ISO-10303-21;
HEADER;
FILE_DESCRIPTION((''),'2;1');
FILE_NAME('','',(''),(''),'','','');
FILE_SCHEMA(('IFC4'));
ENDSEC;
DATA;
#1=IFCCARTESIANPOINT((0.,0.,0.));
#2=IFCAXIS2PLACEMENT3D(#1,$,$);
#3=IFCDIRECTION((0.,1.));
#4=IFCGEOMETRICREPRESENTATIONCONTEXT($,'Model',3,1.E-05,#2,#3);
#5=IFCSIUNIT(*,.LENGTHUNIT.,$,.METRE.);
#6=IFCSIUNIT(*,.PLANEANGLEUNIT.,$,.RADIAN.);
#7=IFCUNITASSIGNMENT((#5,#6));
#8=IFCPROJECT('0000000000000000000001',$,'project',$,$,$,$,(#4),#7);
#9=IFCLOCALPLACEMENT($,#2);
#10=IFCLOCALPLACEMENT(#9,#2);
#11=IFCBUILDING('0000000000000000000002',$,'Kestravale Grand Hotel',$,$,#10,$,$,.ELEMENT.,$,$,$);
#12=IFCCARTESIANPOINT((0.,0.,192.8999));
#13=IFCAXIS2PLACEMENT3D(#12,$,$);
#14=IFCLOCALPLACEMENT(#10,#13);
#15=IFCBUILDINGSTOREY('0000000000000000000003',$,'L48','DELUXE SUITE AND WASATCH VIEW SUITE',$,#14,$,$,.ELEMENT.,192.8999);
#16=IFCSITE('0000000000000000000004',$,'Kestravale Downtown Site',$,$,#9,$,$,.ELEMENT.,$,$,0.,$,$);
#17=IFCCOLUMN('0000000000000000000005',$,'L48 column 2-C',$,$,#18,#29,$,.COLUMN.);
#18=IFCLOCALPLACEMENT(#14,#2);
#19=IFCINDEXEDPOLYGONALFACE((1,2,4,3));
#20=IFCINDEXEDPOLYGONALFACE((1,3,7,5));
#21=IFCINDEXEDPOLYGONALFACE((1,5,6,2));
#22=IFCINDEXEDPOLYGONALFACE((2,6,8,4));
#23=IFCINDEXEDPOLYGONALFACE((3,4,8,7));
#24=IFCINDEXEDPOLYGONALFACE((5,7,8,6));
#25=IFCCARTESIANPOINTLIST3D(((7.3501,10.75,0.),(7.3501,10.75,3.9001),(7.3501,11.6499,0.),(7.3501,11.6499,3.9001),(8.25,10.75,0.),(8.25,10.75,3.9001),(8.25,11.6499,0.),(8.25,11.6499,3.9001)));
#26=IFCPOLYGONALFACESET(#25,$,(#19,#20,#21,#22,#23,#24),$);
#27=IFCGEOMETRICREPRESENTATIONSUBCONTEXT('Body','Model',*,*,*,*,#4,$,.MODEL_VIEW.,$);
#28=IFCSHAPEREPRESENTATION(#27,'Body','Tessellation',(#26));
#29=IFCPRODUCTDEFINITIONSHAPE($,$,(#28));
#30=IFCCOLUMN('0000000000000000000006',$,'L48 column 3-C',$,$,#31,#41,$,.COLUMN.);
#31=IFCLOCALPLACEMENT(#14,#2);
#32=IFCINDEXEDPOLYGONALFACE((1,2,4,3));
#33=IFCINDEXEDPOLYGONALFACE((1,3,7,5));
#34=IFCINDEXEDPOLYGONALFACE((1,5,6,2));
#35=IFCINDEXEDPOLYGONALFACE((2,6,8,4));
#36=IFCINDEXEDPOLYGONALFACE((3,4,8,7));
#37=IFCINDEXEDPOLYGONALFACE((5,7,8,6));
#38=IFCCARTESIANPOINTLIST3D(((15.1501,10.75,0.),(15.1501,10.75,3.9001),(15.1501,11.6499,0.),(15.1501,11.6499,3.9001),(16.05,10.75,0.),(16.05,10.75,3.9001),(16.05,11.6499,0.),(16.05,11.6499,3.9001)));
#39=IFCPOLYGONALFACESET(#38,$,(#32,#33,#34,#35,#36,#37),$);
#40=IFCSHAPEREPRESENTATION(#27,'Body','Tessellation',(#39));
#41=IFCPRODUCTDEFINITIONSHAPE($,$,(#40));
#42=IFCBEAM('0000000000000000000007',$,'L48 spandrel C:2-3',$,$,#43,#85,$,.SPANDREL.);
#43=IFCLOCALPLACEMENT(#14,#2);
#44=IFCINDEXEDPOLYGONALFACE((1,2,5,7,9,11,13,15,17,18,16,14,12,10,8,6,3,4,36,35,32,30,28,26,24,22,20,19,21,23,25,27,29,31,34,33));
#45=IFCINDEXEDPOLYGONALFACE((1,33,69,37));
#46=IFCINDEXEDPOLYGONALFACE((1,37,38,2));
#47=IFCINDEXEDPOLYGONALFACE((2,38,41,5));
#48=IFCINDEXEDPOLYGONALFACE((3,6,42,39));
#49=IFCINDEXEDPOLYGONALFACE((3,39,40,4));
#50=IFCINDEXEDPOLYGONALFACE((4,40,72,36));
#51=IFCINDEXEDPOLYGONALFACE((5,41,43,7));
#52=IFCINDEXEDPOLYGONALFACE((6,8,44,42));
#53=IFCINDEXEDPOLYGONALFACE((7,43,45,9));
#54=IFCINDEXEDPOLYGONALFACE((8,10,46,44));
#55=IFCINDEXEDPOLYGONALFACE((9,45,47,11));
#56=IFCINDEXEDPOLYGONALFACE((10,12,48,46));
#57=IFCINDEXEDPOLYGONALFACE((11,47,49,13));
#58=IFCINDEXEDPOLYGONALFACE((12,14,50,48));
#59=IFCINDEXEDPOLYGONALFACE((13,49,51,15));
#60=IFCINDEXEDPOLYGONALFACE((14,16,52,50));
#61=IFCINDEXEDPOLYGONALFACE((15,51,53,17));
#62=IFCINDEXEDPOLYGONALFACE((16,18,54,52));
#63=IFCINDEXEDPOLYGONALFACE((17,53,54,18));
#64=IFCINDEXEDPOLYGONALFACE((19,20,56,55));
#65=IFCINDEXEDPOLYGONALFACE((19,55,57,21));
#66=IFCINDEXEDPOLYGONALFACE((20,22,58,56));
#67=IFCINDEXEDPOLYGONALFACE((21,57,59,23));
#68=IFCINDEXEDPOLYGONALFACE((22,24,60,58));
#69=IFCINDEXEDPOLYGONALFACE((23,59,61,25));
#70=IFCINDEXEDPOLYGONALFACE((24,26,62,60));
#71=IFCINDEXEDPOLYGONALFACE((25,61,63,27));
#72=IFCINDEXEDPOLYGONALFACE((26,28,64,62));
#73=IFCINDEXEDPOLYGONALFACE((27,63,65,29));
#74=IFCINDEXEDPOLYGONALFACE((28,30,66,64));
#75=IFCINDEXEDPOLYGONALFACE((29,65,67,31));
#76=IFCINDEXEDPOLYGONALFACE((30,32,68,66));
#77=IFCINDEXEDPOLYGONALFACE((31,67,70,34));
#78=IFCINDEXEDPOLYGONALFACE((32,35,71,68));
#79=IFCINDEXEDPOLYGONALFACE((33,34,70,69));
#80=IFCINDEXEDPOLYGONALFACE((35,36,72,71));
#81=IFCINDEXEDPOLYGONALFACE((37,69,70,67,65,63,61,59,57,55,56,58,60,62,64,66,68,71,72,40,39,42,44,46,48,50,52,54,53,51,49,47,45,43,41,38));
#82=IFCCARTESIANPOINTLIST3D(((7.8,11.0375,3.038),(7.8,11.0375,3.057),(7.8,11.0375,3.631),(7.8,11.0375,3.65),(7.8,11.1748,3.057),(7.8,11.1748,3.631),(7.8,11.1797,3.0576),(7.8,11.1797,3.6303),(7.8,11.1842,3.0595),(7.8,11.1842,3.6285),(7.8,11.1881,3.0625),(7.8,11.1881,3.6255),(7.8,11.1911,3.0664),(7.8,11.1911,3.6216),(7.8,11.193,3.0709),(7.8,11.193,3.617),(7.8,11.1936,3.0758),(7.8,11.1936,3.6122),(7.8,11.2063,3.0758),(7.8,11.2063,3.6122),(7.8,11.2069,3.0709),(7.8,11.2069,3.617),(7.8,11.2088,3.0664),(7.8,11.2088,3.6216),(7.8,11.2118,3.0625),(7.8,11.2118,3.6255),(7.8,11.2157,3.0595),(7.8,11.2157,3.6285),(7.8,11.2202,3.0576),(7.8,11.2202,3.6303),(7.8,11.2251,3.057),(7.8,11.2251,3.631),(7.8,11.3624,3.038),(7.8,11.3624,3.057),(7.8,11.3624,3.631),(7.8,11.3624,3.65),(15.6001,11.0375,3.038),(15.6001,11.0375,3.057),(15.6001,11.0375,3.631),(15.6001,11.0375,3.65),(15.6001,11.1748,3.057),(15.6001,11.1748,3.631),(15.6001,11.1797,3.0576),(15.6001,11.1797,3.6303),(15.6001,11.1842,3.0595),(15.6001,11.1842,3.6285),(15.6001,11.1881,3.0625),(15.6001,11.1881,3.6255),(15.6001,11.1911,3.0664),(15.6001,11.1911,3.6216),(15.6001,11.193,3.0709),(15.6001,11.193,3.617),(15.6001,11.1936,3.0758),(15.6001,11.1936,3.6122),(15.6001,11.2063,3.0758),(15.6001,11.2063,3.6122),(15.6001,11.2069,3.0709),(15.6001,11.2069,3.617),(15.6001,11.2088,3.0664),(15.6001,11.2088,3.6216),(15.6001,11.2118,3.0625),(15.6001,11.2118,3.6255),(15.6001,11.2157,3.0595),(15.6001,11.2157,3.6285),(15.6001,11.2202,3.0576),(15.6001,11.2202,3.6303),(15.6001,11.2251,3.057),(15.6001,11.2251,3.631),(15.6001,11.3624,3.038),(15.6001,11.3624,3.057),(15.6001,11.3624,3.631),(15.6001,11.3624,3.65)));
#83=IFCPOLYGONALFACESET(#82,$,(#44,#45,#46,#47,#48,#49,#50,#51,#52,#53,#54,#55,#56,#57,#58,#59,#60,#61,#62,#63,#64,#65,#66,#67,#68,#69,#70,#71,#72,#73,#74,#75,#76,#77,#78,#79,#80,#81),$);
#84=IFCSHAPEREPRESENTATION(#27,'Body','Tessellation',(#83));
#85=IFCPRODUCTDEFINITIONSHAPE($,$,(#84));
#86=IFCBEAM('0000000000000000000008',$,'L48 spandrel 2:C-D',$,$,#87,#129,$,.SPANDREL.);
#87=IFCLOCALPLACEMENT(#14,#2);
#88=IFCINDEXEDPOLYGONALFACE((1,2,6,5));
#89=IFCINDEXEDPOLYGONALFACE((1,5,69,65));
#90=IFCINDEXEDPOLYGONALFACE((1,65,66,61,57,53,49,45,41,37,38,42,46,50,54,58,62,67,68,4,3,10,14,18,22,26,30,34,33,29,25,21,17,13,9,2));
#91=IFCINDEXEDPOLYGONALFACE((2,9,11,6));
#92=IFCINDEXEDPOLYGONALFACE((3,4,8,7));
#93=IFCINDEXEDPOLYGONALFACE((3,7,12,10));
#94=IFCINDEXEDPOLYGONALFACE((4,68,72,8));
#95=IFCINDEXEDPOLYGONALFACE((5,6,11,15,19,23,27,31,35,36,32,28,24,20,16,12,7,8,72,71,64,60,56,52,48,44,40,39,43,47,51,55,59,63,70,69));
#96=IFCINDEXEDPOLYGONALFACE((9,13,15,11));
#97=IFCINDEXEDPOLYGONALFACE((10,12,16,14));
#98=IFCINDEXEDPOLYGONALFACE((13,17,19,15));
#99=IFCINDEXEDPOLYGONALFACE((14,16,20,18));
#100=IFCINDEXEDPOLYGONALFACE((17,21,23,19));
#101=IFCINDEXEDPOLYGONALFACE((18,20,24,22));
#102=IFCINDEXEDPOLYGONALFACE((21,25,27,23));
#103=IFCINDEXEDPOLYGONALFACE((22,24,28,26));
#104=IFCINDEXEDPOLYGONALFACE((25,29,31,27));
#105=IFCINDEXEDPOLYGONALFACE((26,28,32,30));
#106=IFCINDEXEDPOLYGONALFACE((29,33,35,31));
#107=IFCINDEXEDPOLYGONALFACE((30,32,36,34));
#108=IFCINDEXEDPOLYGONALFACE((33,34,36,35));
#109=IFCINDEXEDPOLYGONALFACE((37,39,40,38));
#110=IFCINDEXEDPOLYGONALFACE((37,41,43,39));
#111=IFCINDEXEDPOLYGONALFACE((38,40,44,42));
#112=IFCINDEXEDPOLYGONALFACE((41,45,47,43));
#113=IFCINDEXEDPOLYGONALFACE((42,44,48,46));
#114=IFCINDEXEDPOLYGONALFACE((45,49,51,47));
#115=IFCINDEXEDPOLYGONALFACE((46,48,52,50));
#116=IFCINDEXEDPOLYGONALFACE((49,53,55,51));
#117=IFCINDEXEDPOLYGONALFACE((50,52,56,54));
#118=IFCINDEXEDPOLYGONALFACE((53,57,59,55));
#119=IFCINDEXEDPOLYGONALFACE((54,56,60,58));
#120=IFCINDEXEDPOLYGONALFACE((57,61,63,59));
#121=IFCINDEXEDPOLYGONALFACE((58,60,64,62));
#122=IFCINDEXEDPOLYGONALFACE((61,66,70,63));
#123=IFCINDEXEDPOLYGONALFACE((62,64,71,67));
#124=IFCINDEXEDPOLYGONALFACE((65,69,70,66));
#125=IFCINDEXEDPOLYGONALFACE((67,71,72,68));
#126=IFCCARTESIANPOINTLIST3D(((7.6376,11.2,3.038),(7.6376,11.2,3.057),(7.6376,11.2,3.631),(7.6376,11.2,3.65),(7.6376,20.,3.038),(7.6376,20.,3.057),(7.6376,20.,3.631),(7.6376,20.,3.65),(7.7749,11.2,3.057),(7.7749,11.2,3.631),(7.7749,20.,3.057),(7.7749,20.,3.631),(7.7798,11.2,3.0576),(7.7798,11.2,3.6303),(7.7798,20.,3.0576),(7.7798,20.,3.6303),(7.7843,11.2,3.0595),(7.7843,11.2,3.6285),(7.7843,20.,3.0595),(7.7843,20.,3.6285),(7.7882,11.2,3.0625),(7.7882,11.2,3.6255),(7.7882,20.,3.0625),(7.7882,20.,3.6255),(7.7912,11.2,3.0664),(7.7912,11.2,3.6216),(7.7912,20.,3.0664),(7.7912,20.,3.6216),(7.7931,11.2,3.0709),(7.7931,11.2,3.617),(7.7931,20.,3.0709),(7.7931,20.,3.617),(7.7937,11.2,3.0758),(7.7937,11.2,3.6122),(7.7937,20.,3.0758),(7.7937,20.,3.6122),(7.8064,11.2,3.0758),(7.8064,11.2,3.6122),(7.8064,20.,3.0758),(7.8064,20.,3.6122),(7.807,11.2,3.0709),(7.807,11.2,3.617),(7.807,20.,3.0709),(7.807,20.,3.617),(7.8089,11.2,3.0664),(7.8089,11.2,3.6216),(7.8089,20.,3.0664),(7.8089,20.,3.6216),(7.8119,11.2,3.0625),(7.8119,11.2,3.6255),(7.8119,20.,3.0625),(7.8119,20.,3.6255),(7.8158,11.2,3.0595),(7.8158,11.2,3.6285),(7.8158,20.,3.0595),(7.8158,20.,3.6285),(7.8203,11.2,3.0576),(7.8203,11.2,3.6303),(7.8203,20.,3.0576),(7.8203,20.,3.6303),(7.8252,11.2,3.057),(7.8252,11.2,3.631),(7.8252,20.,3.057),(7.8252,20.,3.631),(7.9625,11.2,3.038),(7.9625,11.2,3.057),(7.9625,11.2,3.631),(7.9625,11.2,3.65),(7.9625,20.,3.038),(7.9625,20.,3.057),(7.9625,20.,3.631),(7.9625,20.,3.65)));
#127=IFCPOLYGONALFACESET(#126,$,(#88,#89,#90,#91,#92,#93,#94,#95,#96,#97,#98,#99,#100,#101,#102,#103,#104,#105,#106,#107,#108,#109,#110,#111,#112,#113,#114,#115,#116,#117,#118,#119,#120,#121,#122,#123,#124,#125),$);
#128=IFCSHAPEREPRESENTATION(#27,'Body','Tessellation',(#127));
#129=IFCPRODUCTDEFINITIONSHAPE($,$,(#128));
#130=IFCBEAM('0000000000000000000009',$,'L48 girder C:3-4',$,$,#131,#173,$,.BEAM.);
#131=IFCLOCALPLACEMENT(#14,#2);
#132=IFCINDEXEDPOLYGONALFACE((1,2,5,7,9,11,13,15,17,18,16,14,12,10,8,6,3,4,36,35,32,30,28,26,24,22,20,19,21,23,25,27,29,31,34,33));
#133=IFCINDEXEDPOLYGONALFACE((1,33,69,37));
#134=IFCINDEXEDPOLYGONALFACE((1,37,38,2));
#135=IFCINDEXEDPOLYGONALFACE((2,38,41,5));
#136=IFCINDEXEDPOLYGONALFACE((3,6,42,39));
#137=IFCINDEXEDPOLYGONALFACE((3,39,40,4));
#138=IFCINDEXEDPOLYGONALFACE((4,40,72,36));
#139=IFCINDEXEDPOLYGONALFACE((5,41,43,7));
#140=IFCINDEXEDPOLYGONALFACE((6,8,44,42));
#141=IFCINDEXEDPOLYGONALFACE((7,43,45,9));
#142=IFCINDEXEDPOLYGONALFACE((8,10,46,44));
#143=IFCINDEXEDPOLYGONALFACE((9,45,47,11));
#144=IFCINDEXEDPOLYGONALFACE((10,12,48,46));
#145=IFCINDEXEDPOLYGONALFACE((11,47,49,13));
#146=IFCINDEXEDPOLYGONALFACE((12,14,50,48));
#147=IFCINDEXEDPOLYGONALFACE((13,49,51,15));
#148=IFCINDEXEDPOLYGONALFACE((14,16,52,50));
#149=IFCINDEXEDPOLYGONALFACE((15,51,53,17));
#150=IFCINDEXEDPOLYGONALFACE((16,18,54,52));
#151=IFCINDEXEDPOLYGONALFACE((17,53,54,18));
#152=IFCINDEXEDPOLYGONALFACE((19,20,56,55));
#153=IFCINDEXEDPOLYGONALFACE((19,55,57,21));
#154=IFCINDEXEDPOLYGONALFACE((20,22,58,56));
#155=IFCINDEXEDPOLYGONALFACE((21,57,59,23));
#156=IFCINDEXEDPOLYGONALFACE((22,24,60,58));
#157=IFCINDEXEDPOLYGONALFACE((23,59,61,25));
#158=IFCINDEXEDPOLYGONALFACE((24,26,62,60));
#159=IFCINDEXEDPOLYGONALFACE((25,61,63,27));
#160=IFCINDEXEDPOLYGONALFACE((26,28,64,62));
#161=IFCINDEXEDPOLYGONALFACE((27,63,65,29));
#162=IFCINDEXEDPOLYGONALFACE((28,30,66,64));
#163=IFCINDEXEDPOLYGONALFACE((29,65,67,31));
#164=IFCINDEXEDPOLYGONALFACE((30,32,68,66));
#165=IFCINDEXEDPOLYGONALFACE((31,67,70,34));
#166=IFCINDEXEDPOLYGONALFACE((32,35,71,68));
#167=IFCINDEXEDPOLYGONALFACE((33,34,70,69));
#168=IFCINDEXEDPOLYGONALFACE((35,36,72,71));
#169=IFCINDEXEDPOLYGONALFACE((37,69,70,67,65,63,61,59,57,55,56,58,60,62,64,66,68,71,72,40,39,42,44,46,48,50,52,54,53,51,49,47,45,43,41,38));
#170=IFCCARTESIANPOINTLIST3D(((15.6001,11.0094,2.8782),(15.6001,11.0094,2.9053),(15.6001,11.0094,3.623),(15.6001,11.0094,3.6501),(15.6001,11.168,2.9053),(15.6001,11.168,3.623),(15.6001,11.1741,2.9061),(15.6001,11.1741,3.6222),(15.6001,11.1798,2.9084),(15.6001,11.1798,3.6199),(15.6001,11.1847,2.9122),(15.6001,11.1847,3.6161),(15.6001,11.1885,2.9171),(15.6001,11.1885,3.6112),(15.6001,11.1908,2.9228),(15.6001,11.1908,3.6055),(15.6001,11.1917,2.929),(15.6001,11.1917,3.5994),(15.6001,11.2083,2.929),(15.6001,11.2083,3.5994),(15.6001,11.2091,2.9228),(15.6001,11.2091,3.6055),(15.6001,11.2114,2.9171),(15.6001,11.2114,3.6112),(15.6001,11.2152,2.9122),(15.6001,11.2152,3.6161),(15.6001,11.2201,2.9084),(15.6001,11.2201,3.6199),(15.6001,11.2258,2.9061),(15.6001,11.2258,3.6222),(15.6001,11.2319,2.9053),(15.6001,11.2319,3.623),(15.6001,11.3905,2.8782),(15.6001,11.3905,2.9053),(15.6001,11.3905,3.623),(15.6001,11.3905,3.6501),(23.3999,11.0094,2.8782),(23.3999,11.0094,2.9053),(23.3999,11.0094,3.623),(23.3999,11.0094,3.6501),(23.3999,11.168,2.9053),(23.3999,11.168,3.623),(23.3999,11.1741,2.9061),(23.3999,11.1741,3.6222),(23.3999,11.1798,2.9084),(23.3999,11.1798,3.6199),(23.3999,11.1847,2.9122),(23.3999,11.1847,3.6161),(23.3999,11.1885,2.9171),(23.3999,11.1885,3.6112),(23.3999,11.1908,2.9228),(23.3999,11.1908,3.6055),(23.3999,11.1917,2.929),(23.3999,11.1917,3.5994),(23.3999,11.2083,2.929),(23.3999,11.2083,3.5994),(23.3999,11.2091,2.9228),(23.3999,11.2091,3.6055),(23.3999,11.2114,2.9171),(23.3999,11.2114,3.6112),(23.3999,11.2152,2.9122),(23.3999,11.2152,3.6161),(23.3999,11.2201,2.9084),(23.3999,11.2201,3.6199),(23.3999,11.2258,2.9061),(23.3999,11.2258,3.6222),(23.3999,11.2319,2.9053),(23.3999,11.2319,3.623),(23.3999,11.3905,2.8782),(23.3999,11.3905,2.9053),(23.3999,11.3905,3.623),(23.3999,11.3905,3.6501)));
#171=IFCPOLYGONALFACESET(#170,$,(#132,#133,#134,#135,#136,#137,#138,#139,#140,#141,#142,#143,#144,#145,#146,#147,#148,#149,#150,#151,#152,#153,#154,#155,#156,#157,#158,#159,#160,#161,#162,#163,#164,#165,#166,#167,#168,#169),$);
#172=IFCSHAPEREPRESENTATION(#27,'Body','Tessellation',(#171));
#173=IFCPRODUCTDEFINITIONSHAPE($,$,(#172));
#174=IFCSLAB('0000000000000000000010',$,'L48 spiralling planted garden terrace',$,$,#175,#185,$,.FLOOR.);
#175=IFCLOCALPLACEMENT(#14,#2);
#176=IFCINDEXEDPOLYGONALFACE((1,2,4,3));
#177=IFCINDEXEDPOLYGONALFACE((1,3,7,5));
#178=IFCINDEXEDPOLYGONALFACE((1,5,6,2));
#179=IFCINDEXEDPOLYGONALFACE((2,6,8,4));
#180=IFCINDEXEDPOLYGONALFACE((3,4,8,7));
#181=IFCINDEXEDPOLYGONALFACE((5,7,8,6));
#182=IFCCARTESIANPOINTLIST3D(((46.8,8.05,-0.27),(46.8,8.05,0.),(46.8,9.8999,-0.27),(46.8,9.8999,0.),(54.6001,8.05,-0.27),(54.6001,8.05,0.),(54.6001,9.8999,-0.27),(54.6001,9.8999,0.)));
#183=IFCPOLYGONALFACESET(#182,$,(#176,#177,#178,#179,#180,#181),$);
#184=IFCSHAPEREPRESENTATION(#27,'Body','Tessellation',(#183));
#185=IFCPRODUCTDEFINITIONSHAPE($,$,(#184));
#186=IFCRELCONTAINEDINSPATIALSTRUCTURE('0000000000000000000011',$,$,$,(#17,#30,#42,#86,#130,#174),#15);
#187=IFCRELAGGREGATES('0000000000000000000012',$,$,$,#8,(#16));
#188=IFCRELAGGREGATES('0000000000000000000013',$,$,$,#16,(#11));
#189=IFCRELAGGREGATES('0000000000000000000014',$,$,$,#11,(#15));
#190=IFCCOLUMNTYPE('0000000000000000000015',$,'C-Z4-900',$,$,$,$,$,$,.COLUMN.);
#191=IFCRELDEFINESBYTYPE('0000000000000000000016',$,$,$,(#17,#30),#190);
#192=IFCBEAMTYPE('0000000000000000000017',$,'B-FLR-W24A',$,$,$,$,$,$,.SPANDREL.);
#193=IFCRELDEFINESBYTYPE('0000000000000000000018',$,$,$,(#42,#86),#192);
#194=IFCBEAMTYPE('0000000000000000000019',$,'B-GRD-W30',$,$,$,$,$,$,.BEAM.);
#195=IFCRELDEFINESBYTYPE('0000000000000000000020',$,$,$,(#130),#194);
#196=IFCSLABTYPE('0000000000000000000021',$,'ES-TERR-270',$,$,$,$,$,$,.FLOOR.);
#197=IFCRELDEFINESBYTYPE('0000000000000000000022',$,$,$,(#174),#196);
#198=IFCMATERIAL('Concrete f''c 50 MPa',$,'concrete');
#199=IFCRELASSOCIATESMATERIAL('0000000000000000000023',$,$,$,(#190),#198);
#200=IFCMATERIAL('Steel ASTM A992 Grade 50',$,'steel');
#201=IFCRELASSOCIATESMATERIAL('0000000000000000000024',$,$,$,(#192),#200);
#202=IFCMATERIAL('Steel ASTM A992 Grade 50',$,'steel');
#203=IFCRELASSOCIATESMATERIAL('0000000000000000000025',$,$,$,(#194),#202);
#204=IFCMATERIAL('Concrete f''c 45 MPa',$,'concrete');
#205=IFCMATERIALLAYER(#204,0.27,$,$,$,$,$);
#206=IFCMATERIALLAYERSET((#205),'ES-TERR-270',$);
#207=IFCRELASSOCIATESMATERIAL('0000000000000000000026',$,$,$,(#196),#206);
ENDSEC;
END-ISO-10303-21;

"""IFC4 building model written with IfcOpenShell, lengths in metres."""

from ifc_helpers import new_model, si_unit, direction, frame, origin, origin_2d, place, context, subcontext, project, spatial, polyline, rectangle, i_section, outline, extrude, material, layer, layer_set, material_profile, profile_set, type_object, element, save


model = new_model("IFC4")

# Units and contexts
model_context = context("Model", 3, precision=1e-05, world=origin(), true_north=direction((0.0, 1.0)))
body_context = subcontext(model_context, "Body", "Model", "MODEL_VIEW")
ifc_project = project(units=[si_unit("LENGTHUNIT", "METRE"), si_unit("PLANEANGLEUNIT", "RADIAN")], contexts=[model_context])

# Site, building, storey
site_placement = place(None, origin())
site = spatial("IfcSite", under=ifc_project, at=site_placement, Name="Kestravale Downtown Site", CompositionType="ELEMENT", RefElevation=0.0)
building_placement = place(site_placement, origin())
building = spatial("IfcBuilding", under=site, at=building_placement, Name="Kestravale Grand Hotel", CompositionType="ELEMENT")
storey_placement = place(building_placement, frame((0.0, 0.0, 192.8999)))
storey = spatial("IfcBuildingStorey", under=building, at=storey_placement, Name="L48", Description="DELUXE SUITE AND WASATCH VIEW SUITE", CompositionType="ELEMENT", Elevation=192.8999)

# Columns
ifc_material_1 = material(Name="Concrete f'c 50 MPa", Category="concrete")
ifc_material_profile_1 = material_profile(ifc_material_1, rectangle(XDim=0.8999, YDim=0.8999, at=origin_2d()))
ifc_profile_set_1 = profile_set([ifc_material_profile_1], Name="Concrete f'c 50 MPa")
column_type = type_object("IfcColumnType", Name="C-Z4-900", PredefinedType="COLUMN", material=ifc_profile_set_1)
for number, where, z_axis, x_axis, name in (
    (1, (7.8, 11.2, 0.0), (0.0, 0.0, 1.0), (1.0, 0.0, 0.0), "L48 column 2-C"),
    (2, (15.6001, 11.2, 0.0), (0.0, 0.0, 1.0), (1.0, 0.0, 0.0), "L48 column 3-C"),
):
    element("IfcColumn", number, at=place(storey_placement, frame(where, z_axis=z_axis, x_axis=x_axis)), inside=storey, type_object=column_type, Name=name, PredefinedType="COLUMN", context=body_context, shape_type="SweptSolid", body=[
        extrude(rectangle(XDim=0.8999, YDim=0.8999, at=origin_2d()), origin(), (0.0, 0.0, 1.0), 3.9001),
    ])

# Beams
ifc_material_2 = material(Name="Steel ASTM A992 Grade 50", Category="steel")
ifc_material_profile_2 = material_profile(ifc_material_2, i_section(OverallWidth=0.325, OverallDepth=0.6121, WebThickness=0.0127, FlangeThickness=0.019, FilletRadius=0.0188, at=origin_2d()))
ifc_profile_set_2 = profile_set([ifc_material_profile_2], Name="Steel ASTM A992 Grade 50")
beam_type_1 = type_object("IfcBeamType", Name="B-FLR-W24A", PredefinedType="SPANDREL", material=ifc_profile_set_2)
beam_1_placement = place(storey_placement, frame((7.8, 11.2, 3.344), z_axis=(1.0, 0.0, 0.0), x_axis=(0.0, 1.0, 0.0)))
element("IfcBeam", 3, at=beam_1_placement, inside=storey, type_object=beam_type_1, Name="L48 spandrel C:2-3", PredefinedType="SPANDREL", context=body_context, shape_type="SweptSolid", body=[
    extrude(i_section(OverallWidth=0.325, OverallDepth=0.6121, WebThickness=0.0127, FlangeThickness=0.019, FilletRadius=0.0188, at=origin_2d()), origin(), (0.0, 0.0, 1.0), 7.8),
])
beam_2_placement = place(storey_placement, frame((7.8, 11.2, 3.344), z_axis=(0.0, 1.0, 0.0), x_axis=(-1.0, 0.0, 0.0)))
element("IfcBeam", 4, at=beam_2_placement, inside=storey, type_object=beam_type_1, Name="L48 spandrel 2:C-D", PredefinedType="SPANDREL", context=body_context, shape_type="SweptSolid", body=[
    extrude(i_section(OverallWidth=0.325, OverallDepth=0.6121, WebThickness=0.0127, FlangeThickness=0.019, FilletRadius=0.0188, at=origin_2d()), origin(), (0.0, 0.0, 1.0), 8.8),
])
ifc_material_3 = material(Name="Steel ASTM A992 Grade 50", Category="steel")
ifc_material_profile_3 = material_profile(ifc_material_3, i_section(OverallWidth=0.3811, OverallDepth=0.772, WebThickness=0.0166, FlangeThickness=0.0271, FilletRadius=0.0237, at=origin_2d()))
ifc_profile_set_3 = profile_set([ifc_material_profile_3], Name="Steel ASTM A992 Grade 50")
beam_type_2 = type_object("IfcBeamType", Name="B-GRD-W30", PredefinedType="BEAM", material=ifc_profile_set_3)
beam_3_placement = place(storey_placement, frame((15.6001, 11.2, 3.2642), z_axis=(1.0, 0.0, 0.0), x_axis=(0.0, 1.0, 0.0)))
element("IfcBeam", 5, at=beam_3_placement, inside=storey, type_object=beam_type_2, Name="L48 girder C:3-4", PredefinedType="BEAM", context=body_context, shape_type="SweptSolid", body=[
    extrude(i_section(OverallWidth=0.3811, OverallDepth=0.772, WebThickness=0.0166, FlangeThickness=0.0271, FilletRadius=0.0237, at=origin_2d()), origin(), (0.0, 0.0, 1.0), 7.7998),
])

# Slab
ifc_material_4 = material(Name="Concrete f'c 45 MPa", Category="concrete")
ifc_layer_1 = layer(ifc_material_4, 0.27)
ifc_layer_set_1 = layer_set([ifc_layer_1], Name="ES-TERR-270")
slab_type_1 = type_object("IfcSlabType", Name="ES-TERR-270", PredefinedType="FLOOR", material=ifc_layer_set_1)
slab_1_placement = place(storey_placement, frame((0.0, 0.0, -0.27)))
element("IfcSlab", 6, at=slab_1_placement, inside=storey, type_object=slab_type_1, Name="L48 spiralling planted garden terrace", PredefinedType="FLOOR", context=body_context, shape_type="SweptSolid", body=[
    extrude(outline(polyline([(46.8, 8.05), (54.6001, 8.05), (54.6001, 9.8999), (46.8, 9.8999), (46.8, 8.05)])), origin(), (0.0, 0.0, 1.0), 0.27),
])

save(model, "model.ifc")
